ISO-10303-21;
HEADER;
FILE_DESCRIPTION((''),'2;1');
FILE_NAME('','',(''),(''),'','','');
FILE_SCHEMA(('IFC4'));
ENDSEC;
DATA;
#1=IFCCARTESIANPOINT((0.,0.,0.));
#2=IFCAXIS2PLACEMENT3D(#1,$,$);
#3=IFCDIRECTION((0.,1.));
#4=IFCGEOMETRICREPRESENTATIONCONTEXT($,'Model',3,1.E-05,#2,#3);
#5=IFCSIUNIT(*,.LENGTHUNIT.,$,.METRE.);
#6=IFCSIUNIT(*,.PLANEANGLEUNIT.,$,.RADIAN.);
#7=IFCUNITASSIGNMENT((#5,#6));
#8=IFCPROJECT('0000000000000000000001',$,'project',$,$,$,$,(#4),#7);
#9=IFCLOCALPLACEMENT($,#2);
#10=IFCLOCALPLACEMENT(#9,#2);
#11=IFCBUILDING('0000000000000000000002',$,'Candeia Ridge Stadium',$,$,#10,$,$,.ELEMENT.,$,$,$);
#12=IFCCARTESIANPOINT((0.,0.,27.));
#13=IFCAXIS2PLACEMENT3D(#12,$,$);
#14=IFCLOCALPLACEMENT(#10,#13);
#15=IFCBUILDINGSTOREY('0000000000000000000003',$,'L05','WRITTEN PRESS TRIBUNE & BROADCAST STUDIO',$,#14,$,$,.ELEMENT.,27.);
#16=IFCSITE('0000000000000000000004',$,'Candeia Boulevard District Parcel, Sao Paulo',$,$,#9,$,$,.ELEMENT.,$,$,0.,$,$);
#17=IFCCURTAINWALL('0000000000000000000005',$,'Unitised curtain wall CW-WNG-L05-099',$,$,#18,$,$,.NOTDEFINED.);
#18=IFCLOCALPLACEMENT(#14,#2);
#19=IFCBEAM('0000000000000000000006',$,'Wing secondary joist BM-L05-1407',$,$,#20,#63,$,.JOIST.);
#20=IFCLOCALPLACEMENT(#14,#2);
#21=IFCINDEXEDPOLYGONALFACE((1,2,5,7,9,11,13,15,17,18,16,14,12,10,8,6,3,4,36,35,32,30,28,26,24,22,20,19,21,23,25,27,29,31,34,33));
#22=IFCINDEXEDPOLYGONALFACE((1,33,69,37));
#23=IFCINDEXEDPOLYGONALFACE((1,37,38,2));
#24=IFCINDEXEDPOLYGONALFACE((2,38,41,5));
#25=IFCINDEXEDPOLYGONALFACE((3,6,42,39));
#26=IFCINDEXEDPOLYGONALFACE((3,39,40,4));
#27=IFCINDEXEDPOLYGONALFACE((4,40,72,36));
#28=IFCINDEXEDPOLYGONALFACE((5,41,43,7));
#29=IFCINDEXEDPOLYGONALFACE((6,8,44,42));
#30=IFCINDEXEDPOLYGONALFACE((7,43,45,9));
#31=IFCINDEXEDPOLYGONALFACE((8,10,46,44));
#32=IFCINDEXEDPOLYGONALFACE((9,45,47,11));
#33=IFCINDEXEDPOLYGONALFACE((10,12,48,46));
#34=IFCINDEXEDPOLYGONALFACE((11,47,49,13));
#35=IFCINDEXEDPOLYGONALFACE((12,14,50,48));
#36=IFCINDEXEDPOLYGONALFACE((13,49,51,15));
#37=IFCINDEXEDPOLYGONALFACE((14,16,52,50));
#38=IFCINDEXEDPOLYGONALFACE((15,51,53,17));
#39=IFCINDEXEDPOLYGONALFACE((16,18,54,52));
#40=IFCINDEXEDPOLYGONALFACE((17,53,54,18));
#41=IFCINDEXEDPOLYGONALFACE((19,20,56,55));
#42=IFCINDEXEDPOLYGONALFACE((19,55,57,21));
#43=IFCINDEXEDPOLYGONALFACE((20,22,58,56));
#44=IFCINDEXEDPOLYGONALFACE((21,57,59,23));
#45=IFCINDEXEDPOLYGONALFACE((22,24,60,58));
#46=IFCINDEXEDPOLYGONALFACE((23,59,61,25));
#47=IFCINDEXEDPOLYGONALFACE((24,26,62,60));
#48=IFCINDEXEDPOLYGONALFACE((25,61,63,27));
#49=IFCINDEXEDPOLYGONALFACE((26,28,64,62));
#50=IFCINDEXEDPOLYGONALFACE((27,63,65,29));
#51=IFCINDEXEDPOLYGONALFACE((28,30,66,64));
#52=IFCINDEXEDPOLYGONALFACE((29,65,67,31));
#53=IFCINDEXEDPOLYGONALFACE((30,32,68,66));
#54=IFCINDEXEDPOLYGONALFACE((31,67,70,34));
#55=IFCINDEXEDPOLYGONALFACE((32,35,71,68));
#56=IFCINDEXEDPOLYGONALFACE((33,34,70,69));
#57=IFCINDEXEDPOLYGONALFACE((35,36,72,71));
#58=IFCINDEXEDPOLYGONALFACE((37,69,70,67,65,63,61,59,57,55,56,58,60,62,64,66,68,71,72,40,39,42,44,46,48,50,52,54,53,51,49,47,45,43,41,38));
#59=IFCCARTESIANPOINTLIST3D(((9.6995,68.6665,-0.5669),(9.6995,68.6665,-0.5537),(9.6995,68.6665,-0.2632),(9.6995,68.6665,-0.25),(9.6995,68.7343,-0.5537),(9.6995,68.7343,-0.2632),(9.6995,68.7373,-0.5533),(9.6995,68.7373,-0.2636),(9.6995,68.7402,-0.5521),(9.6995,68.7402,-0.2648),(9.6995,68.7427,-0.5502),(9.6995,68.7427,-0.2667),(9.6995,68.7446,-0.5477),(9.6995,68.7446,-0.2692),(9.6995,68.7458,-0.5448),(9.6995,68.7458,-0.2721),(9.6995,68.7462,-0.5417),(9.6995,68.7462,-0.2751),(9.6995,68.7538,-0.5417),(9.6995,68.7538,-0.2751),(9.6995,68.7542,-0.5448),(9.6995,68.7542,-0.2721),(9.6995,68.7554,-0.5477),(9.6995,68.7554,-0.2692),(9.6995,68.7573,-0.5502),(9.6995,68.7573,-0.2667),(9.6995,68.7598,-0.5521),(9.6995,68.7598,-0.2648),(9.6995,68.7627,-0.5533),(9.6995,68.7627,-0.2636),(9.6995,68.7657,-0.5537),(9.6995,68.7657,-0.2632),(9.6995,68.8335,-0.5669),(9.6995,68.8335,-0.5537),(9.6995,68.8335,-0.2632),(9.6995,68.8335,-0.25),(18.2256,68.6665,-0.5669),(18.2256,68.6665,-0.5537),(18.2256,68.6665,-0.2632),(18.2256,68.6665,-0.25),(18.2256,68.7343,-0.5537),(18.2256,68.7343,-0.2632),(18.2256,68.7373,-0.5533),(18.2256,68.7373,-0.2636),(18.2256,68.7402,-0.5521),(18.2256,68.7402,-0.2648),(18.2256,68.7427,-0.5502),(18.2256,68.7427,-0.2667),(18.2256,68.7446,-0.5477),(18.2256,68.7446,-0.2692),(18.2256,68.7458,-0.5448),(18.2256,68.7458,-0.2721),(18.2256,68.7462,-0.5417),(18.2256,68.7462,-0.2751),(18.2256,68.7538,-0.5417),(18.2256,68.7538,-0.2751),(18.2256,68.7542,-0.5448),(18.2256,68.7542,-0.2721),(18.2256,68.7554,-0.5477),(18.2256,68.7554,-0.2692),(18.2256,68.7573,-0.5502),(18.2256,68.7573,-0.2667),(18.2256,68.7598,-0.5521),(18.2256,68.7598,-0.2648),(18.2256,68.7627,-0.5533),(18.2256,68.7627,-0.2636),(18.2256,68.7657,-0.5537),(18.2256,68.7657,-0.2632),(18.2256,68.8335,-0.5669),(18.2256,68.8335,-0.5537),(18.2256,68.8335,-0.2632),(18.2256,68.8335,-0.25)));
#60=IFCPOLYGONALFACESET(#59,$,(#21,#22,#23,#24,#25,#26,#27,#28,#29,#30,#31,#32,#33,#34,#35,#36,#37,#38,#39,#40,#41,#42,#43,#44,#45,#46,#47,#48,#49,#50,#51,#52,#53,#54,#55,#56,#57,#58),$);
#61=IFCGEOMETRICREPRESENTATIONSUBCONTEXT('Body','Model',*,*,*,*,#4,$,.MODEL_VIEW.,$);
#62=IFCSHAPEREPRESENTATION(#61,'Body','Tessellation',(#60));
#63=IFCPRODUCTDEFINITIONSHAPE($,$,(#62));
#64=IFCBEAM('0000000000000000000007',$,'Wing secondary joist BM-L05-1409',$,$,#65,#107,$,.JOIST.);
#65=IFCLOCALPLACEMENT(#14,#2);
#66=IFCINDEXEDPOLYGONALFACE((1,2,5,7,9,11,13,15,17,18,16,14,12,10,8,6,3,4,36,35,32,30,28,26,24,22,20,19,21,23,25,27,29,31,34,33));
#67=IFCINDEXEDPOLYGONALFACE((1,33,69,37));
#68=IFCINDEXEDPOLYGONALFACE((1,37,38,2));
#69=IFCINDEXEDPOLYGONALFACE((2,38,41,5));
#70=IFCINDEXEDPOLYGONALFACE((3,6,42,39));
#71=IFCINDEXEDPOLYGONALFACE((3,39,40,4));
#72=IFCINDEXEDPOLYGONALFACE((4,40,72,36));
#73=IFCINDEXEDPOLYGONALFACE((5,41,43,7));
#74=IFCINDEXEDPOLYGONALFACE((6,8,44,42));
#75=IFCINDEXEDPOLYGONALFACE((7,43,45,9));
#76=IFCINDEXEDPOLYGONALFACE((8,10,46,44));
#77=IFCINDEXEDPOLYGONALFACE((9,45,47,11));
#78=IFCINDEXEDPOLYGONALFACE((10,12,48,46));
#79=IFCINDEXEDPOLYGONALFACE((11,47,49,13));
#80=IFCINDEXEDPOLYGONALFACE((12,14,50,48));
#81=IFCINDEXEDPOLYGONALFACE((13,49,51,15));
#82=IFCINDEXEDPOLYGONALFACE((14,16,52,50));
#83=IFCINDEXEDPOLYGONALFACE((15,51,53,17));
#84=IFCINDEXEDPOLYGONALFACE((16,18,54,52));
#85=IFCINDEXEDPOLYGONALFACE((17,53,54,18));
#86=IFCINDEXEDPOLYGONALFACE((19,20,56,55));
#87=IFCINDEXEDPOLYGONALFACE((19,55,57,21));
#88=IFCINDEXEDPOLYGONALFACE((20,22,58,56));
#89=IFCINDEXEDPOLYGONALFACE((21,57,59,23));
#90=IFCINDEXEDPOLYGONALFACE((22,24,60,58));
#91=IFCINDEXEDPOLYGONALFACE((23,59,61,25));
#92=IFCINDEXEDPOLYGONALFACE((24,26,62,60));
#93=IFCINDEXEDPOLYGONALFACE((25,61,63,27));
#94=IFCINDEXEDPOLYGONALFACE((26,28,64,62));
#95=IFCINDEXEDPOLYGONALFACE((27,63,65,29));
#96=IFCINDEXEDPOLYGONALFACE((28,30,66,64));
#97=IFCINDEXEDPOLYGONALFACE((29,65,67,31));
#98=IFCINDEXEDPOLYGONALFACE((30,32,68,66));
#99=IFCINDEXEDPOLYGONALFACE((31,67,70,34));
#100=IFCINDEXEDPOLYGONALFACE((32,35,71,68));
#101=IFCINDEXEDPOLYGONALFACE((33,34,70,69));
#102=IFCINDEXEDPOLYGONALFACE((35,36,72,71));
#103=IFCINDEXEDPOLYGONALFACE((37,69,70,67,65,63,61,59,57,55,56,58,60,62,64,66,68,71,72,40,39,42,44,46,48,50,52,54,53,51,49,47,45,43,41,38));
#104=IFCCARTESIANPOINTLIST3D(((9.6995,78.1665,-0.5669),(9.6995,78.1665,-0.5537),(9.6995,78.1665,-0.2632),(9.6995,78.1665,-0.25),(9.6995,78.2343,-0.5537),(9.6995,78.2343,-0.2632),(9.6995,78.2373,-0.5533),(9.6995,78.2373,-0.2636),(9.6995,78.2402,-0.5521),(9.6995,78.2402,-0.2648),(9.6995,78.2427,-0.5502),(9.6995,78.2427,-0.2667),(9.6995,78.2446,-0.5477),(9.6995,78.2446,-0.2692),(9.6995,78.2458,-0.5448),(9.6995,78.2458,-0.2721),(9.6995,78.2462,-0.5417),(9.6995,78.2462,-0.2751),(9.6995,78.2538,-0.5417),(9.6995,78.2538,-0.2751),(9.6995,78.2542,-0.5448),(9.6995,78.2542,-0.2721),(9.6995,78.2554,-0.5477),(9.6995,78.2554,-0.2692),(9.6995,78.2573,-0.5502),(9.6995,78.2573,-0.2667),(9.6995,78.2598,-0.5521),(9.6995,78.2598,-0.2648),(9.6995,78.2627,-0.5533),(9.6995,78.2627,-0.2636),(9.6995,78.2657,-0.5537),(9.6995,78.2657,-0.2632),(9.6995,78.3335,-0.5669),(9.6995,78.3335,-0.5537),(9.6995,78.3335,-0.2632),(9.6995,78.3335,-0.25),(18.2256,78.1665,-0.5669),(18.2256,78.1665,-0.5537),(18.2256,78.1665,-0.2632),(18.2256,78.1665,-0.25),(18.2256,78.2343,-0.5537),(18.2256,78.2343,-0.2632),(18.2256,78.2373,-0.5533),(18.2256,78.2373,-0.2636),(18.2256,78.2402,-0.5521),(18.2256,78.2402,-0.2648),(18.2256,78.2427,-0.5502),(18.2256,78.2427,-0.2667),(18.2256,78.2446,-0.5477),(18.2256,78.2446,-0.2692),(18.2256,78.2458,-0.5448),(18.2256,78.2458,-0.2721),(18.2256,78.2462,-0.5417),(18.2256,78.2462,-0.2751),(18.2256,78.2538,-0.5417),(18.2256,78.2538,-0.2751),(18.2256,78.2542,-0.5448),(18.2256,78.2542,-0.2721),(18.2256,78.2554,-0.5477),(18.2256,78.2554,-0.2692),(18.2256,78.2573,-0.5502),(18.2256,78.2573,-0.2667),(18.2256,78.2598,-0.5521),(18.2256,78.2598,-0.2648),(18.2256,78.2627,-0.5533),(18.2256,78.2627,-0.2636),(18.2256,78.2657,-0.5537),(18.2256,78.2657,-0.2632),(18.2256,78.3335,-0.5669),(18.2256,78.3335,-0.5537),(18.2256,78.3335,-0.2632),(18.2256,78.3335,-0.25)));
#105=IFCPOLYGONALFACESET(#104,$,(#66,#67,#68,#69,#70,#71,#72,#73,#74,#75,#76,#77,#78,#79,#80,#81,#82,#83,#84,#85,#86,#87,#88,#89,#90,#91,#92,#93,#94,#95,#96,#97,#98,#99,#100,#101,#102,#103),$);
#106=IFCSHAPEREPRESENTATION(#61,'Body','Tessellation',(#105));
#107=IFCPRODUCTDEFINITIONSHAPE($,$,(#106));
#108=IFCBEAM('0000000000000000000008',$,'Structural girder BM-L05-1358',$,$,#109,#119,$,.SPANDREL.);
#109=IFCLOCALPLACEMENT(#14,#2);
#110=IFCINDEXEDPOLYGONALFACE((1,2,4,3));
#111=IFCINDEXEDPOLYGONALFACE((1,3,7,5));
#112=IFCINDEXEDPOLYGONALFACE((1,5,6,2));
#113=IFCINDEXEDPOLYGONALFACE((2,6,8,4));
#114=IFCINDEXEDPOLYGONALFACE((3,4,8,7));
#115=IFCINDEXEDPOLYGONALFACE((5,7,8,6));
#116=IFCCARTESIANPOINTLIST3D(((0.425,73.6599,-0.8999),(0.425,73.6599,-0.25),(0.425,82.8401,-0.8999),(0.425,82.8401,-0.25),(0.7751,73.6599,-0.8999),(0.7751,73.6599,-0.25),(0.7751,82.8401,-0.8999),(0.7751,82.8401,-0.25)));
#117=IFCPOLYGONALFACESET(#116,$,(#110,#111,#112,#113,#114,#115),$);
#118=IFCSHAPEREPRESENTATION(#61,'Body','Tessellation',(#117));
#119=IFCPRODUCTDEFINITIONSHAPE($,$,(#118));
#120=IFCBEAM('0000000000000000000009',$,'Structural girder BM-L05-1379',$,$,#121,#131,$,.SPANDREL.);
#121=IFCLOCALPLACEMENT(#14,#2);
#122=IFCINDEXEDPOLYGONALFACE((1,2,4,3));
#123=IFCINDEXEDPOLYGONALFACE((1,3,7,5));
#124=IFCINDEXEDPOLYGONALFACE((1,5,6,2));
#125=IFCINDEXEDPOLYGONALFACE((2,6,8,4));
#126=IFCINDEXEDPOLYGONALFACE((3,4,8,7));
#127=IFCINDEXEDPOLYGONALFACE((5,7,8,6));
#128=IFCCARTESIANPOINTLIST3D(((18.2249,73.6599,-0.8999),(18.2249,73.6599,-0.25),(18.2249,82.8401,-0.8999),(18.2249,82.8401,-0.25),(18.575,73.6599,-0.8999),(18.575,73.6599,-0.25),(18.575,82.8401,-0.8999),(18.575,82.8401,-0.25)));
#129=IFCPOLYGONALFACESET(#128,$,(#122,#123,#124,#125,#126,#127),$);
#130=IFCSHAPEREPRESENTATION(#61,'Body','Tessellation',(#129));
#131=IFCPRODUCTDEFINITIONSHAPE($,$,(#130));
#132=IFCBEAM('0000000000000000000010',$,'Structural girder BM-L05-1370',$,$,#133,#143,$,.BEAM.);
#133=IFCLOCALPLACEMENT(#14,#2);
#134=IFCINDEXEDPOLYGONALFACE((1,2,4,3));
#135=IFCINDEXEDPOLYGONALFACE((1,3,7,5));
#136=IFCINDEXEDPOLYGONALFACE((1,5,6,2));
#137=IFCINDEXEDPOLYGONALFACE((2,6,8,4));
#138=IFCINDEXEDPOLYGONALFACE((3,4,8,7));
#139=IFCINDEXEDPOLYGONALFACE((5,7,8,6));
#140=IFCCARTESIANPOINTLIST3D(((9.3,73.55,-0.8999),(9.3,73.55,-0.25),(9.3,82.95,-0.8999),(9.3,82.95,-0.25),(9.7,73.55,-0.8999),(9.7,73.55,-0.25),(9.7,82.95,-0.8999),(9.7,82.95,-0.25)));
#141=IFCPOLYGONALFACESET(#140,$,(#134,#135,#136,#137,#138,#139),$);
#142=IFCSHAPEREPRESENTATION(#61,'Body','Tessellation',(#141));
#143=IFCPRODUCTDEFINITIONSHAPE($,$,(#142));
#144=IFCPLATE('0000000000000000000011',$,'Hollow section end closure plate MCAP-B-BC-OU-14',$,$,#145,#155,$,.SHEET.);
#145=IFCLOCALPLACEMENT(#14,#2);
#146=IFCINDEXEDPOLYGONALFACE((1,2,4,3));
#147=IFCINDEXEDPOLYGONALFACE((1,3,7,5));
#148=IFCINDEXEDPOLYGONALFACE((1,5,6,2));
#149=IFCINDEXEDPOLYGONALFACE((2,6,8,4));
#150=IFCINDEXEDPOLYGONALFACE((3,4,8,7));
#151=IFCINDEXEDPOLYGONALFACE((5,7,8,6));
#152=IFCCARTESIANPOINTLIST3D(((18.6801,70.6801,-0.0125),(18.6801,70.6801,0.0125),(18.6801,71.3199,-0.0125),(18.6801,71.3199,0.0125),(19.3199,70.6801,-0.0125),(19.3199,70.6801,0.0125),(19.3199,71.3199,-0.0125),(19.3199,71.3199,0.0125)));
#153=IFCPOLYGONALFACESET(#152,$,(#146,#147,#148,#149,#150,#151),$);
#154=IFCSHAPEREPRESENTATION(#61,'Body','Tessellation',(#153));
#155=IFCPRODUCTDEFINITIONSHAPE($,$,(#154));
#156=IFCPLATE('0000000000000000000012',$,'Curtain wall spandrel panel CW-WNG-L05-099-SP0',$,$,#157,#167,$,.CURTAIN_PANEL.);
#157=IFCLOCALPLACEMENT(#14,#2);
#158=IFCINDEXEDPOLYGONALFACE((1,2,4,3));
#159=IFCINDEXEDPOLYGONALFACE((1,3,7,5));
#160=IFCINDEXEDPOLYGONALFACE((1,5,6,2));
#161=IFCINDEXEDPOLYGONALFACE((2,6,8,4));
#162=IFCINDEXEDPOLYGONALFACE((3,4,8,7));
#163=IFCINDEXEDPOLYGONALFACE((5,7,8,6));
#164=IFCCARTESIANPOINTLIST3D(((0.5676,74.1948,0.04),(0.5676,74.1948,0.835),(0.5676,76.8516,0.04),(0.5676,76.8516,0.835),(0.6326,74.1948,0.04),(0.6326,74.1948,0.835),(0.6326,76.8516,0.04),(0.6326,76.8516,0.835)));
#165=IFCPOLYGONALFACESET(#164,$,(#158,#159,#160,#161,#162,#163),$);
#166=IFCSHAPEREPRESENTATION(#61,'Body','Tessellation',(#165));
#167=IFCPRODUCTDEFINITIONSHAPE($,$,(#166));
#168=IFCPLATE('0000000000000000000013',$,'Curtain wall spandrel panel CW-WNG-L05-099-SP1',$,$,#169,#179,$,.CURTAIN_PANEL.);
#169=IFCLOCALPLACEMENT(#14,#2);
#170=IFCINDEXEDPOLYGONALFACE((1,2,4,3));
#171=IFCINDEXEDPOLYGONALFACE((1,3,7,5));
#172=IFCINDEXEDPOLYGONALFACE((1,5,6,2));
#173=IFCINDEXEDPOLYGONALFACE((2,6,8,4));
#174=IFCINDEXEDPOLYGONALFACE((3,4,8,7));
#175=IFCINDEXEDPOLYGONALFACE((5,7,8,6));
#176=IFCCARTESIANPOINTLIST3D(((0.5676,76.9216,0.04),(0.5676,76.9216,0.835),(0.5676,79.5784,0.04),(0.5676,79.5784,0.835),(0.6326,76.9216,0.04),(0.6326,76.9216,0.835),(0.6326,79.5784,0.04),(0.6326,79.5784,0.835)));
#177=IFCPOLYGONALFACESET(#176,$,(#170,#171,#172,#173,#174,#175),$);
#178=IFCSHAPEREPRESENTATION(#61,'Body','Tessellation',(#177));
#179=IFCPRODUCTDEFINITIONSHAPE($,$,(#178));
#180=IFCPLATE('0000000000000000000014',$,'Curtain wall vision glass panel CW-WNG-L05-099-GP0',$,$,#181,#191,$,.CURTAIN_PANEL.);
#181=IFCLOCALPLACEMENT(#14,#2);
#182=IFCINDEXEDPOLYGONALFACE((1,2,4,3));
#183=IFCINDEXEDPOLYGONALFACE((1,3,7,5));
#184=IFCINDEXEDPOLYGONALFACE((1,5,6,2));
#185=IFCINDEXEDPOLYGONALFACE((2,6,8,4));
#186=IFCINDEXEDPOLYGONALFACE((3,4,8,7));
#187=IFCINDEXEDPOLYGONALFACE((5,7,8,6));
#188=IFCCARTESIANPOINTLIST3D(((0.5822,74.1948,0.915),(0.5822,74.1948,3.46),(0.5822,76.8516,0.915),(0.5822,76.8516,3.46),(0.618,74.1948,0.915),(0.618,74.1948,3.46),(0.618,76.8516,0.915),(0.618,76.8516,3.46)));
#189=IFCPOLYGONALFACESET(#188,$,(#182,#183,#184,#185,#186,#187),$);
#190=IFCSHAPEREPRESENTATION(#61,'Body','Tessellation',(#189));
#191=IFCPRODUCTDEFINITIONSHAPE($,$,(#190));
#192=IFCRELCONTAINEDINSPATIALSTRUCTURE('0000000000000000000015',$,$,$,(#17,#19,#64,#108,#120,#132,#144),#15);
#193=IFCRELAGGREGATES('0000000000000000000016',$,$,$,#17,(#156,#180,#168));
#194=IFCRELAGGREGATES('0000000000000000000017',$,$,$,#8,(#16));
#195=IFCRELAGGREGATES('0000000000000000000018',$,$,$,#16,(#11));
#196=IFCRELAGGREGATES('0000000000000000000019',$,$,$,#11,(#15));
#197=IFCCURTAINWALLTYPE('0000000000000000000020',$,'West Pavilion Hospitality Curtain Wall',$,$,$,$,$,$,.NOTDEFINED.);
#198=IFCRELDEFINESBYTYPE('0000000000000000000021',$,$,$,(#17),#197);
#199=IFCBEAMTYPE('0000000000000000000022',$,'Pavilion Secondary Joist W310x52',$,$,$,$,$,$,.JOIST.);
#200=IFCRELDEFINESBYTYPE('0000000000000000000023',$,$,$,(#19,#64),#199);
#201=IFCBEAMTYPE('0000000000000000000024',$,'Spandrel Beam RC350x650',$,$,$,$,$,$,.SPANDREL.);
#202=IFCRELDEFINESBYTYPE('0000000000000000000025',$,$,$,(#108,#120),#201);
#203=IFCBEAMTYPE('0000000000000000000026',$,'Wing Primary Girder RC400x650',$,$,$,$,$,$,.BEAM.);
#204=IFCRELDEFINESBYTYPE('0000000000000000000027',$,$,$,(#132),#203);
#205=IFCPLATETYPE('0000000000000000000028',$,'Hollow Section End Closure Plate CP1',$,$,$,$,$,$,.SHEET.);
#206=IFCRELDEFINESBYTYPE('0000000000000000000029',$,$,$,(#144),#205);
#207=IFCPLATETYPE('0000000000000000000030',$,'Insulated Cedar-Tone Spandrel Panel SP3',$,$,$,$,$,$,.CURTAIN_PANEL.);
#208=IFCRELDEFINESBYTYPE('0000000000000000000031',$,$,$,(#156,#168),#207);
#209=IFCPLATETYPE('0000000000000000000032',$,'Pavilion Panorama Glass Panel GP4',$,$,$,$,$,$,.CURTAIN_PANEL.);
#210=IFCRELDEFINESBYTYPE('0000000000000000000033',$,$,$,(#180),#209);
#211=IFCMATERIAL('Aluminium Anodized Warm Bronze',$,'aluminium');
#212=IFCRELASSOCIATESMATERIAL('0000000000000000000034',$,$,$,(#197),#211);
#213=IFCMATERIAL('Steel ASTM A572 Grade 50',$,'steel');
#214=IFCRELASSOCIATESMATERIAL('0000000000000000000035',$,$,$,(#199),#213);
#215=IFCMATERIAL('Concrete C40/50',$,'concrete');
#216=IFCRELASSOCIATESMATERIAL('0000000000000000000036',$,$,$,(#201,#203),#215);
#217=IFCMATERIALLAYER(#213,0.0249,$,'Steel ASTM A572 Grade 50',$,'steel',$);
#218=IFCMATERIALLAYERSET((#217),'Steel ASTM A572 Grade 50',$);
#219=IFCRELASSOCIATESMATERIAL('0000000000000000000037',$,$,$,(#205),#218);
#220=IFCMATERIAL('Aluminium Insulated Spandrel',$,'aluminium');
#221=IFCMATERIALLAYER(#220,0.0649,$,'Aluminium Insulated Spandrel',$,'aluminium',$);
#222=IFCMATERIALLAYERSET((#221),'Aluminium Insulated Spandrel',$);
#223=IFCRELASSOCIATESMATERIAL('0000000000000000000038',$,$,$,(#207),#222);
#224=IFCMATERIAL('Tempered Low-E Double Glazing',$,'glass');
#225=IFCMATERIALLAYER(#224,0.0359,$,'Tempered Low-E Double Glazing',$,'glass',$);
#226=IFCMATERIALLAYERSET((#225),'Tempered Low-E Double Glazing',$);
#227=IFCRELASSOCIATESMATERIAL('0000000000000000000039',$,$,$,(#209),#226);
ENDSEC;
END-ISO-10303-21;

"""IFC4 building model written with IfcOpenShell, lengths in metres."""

from ifc_helpers import new_model, si_unit, direction, frame, origin, origin_2d, place, context, subcontext, project, spatial, rectangle, i_section, extrude, material, layer, layer_set, material_profile, profile_set, type_object, element, aggregate, save


model = new_model("IFC4")

# Units and contexts
model_context = context("Model", 3, precision=1e-05, world=origin(), true_north=direction((0.0, 1.0)))
body_context = subcontext(model_context, "Body", "Model", "MODEL_VIEW")
ifc_project = project(units=[si_unit("LENGTHUNIT", "METRE"), si_unit("PLANEANGLEUNIT", "RADIAN")], contexts=[model_context])

# Site, building, storey
site_placement = place(None, origin())
site = spatial("IfcSite", under=ifc_project, at=site_placement, Name="Candeia Boulevard District Parcel, Sao Paulo", CompositionType="ELEMENT", RefElevation=0.0)
building_placement = place(site_placement, origin())
building = spatial("IfcBuilding", under=site, at=building_placement, Name="Candeia Ridge Stadium", CompositionType="ELEMENT")
storey_placement = place(building_placement, frame((0.0, 0.0, 27.0)))
storey = spatial("IfcBuildingStorey", under=building, at=storey_placement, Name="L05", Description="WRITTEN PRESS TRIBUNE & BROADCAST STUDIO", CompositionType="ELEMENT", Elevation=27.0)

# Shared definitions
ifc_material_1 = material(Name="Steel ASTM A572 Grade 50", Category="steel")
ifc_material_2 = material(Name="Concrete C40/50", Category="concrete")

# Curtain wall
ifc_material_3 = material(Name="Aluminium Anodized Warm Bronze", Category="aluminium")
curtain_wall_type = type_object("IfcCurtainWallType", Name="West Pavilion Hospitality Curtain Wall", PredefinedType="NOTDEFINED", material=ifc_material_3)
curtain_wall_placement = place(storey_placement, origin())
curtain_wall = element("IfcCurtainWall", 1, at=curtain_wall_placement, inside=storey, type_object=curtain_wall_type, Name="Unitised curtain wall CW-WNG-L05-099", PredefinedType="NOTDEFINED")

# Beams
ifc_material_profile_1 = material_profile(ifc_material_1, i_section(OverallWidth=0.167, OverallDepth=0.3169, WebThickness=0.0076, FlangeThickness=0.0132, FilletRadius=0.012, at=origin_2d()), Name="W310x52", Category="steel")
ifc_profile_set_1 = profile_set([ifc_material_profile_1], Name="Steel ASTM A572 Grade 50")
beam_type_1 = type_object("IfcBeamType", Name="Pavilion Secondary Joist W310x52", PredefinedType="JOIST", material=ifc_profile_set_1)
for number, where, z_axis, x_axis, name in (
    (2, (9.6995, 68.75, -0.4084), (1.0, 0.0, 0.0), (0.0, 1.0, 0.0), "Wing secondary joist BM-L05-1407"),
    (3, (9.6995, 78.25, -0.4084), (1.0, 0.0, 0.0), (0.0, 1.0, 0.0), "Wing secondary joist BM-L05-1409"),
):
    element("IfcBeam", number, at=place(storey_placement, frame(where, z_axis=z_axis, x_axis=x_axis)), inside=storey, type_object=beam_type_1, Name=name, PredefinedType="JOIST", context=body_context, shape_type="SweptSolid", body=[
        extrude(i_section(OverallWidth=0.167, OverallDepth=0.3169, WebThickness=0.0076, FlangeThickness=0.0132, FilletRadius=0.012, at=origin_2d()), origin(), (0.0, 0.0, 1.0), 8.5261),
    ])
ifc_material_profile_2 = material_profile(ifc_material_2, rectangle(XDim=0.3501, YDim=0.6499, at=origin_2d()), Name="RC350x650", Category="concrete")
ifc_profile_set_2 = profile_set([ifc_material_profile_2], Name="Concrete C40/50")
beam_type_2 = type_object("IfcBeamType", Name="Spandrel Beam RC350x650", PredefinedType="SPANDREL", material=ifc_profile_set_2)
for number, where, z_axis, x_axis, name in (
    (4, (0.6001, 73.6599, -0.575), (0.0, 1.0, 0.0), (-1.0, 0.0, 0.0), "Structural girder BM-L05-1358"),
    (5, (18.3999, 73.6599, -0.575), (0.0, 1.0, 0.0), (-1.0, 0.0, 0.0), "Structural girder BM-L05-1379"),
):
    element("IfcBeam", number, at=place(storey_placement, frame(where, z_axis=z_axis, x_axis=x_axis)), inside=storey, type_object=beam_type_2, Name=name, PredefinedType="SPANDREL", context=body_context, shape_type="SweptSolid", body=[
        extrude(rectangle(XDim=0.3501, YDim=0.6499, at=origin_2d()), origin(), (0.0, 0.0, 1.0), 9.1802),
    ])
ifc_material_profile_3 = material_profile(ifc_material_2, rectangle(XDim=0.3999, YDim=0.6499, at=origin_2d()), Name="RC400x650", Category="concrete")
ifc_profile_set_3 = profile_set([ifc_material_profile_3], Name="Concrete C40/50")
beam_type_3 = type_object("IfcBeamType", Name="Wing Primary Girder RC400x650", PredefinedType="BEAM", material=ifc_profile_set_3)
beam_placement = place(storey_placement, frame((9.5, 73.55, -0.575), z_axis=(0.0, 1.0, 0.0), x_axis=(-1.0, 0.0, 0.0)))
element("IfcBeam", 6, at=beam_placement, inside=storey, type_object=beam_type_3, Name="Structural girder BM-L05-1370", PredefinedType="BEAM", context=body_context, shape_type="SweptSolid", body=[
    extrude(rectangle(XDim=0.3999, YDim=0.6499, at=origin_2d()), origin(), (0.0, 0.0, 1.0), 9.3999),
])

# Plates
ifc_layer_1 = layer(ifc_material_1, 0.0249, Name="Steel ASTM A572 Grade 50", Category="steel")
ifc_layer_set_1 = layer_set([ifc_layer_1], Name="Steel ASTM A572 Grade 50")
plate_type_1 = type_object("IfcPlateType", Name="Hollow Section End Closure Plate CP1", PredefinedType="SHEET", material=ifc_layer_set_1)
plate_1_placement = place(storey_placement, frame((19.0, 71.0, -0.0125), z_axis=(0.0, 0.0, 1.0), x_axis=(1.0, 0.0, 0.0)))
element("IfcPlate", 7, at=plate_1_placement, inside=storey, type_object=plate_type_1, Name="Hollow section end closure plate MCAP-B-BC-OU-14", PredefinedType="SHEET", context=body_context, shape_type="SweptSolid", body=[
    extrude(rectangle(XDim=0.6399, YDim=0.6399, at=origin_2d()), origin(), (0.0, 0.0, 1.0), 0.0249),
])
ifc_material_4 = material(Name="Aluminium Insulated Spandrel", Category="aluminium")
ifc_layer_2 = layer(ifc_material_4, 0.0649, Name="Aluminium Insulated Spandrel", Category="aluminium")
ifc_layer_set_2 = layer_set([ifc_layer_2], Name="Aluminium Insulated Spandrel")
plate_type_2 = type_object("IfcPlateType", Name="Insulated Cedar-Tone Spandrel Panel SP3", PredefinedType="CURTAIN_PANEL", material=ifc_layer_set_2)
plate_2_placement = place(storey_placement, frame((0.6001, 75.5232, 0.04), z_axis=(0.0, 0.0, 1.0), x_axis=(0.0, 1.0, 0.0)))
plate_2 = element("IfcPlate", 8, at=plate_2_placement, type_object=plate_type_2, Name="Curtain wall spandrel panel CW-WNG-L05-099-SP0", PredefinedType="CURTAIN_PANEL", context=body_context, shape_type="SweptSolid", body=[
    extrude(rectangle(XDim=2.6567, YDim=0.0649, at=origin_2d()), origin(), (0.0, 0.0, 1.0), 0.7949),
])
plate_3_placement = place(storey_placement, frame((0.6001, 78.25, 0.04), z_axis=(0.0, 0.0, 1.0), x_axis=(0.0, 1.0, 0.0)))
plate_3 = element("IfcPlate", 9, at=plate_3_placement, type_object=plate_type_2, Name="Curtain wall spandrel panel CW-WNG-L05-099-SP1", PredefinedType="CURTAIN_PANEL", context=body_context, shape_type="SweptSolid", body=[
    extrude(rectangle(XDim=2.6567, YDim=0.0649, at=origin_2d()), origin(), (0.0, 0.0, 1.0), 0.7949),
])
ifc_material_5 = material(Name="Tempered Low-E Double Glazing", Category="glass")
ifc_layer_3 = layer(ifc_material_5, 0.0359, Name="Tempered Low-E Double Glazing", Category="glass")
ifc_layer_set_3 = layer_set([ifc_layer_3], Name="Tempered Low-E Double Glazing")
plate_type_3 = type_object("IfcPlateType", Name="Pavilion Panorama Glass Panel GP4", PredefinedType="CURTAIN_PANEL", material=ifc_layer_set_3)
plate_4_placement = place(storey_placement, frame((0.6001, 75.5232, 0.915), z_axis=(0.0, 0.0, 1.0), x_axis=(0.0, 1.0, 0.0)))
plate_4 = element("IfcPlate", 10, at=plate_4_placement, type_object=plate_type_3, Name="Curtain wall vision glass panel CW-WNG-L05-099-GP0", PredefinedType="CURTAIN_PANEL", context=body_context, shape_type="SweptSolid", body=[
    extrude(rectangle(XDim=2.6567, YDim=0.0359, at=origin_2d()), origin(), (0.0, 0.0, 1.0), 2.5449),
])
aggregate(curtain_wall, [plate_2, plate_4, plate_3])

save(model, "model.ifc")
